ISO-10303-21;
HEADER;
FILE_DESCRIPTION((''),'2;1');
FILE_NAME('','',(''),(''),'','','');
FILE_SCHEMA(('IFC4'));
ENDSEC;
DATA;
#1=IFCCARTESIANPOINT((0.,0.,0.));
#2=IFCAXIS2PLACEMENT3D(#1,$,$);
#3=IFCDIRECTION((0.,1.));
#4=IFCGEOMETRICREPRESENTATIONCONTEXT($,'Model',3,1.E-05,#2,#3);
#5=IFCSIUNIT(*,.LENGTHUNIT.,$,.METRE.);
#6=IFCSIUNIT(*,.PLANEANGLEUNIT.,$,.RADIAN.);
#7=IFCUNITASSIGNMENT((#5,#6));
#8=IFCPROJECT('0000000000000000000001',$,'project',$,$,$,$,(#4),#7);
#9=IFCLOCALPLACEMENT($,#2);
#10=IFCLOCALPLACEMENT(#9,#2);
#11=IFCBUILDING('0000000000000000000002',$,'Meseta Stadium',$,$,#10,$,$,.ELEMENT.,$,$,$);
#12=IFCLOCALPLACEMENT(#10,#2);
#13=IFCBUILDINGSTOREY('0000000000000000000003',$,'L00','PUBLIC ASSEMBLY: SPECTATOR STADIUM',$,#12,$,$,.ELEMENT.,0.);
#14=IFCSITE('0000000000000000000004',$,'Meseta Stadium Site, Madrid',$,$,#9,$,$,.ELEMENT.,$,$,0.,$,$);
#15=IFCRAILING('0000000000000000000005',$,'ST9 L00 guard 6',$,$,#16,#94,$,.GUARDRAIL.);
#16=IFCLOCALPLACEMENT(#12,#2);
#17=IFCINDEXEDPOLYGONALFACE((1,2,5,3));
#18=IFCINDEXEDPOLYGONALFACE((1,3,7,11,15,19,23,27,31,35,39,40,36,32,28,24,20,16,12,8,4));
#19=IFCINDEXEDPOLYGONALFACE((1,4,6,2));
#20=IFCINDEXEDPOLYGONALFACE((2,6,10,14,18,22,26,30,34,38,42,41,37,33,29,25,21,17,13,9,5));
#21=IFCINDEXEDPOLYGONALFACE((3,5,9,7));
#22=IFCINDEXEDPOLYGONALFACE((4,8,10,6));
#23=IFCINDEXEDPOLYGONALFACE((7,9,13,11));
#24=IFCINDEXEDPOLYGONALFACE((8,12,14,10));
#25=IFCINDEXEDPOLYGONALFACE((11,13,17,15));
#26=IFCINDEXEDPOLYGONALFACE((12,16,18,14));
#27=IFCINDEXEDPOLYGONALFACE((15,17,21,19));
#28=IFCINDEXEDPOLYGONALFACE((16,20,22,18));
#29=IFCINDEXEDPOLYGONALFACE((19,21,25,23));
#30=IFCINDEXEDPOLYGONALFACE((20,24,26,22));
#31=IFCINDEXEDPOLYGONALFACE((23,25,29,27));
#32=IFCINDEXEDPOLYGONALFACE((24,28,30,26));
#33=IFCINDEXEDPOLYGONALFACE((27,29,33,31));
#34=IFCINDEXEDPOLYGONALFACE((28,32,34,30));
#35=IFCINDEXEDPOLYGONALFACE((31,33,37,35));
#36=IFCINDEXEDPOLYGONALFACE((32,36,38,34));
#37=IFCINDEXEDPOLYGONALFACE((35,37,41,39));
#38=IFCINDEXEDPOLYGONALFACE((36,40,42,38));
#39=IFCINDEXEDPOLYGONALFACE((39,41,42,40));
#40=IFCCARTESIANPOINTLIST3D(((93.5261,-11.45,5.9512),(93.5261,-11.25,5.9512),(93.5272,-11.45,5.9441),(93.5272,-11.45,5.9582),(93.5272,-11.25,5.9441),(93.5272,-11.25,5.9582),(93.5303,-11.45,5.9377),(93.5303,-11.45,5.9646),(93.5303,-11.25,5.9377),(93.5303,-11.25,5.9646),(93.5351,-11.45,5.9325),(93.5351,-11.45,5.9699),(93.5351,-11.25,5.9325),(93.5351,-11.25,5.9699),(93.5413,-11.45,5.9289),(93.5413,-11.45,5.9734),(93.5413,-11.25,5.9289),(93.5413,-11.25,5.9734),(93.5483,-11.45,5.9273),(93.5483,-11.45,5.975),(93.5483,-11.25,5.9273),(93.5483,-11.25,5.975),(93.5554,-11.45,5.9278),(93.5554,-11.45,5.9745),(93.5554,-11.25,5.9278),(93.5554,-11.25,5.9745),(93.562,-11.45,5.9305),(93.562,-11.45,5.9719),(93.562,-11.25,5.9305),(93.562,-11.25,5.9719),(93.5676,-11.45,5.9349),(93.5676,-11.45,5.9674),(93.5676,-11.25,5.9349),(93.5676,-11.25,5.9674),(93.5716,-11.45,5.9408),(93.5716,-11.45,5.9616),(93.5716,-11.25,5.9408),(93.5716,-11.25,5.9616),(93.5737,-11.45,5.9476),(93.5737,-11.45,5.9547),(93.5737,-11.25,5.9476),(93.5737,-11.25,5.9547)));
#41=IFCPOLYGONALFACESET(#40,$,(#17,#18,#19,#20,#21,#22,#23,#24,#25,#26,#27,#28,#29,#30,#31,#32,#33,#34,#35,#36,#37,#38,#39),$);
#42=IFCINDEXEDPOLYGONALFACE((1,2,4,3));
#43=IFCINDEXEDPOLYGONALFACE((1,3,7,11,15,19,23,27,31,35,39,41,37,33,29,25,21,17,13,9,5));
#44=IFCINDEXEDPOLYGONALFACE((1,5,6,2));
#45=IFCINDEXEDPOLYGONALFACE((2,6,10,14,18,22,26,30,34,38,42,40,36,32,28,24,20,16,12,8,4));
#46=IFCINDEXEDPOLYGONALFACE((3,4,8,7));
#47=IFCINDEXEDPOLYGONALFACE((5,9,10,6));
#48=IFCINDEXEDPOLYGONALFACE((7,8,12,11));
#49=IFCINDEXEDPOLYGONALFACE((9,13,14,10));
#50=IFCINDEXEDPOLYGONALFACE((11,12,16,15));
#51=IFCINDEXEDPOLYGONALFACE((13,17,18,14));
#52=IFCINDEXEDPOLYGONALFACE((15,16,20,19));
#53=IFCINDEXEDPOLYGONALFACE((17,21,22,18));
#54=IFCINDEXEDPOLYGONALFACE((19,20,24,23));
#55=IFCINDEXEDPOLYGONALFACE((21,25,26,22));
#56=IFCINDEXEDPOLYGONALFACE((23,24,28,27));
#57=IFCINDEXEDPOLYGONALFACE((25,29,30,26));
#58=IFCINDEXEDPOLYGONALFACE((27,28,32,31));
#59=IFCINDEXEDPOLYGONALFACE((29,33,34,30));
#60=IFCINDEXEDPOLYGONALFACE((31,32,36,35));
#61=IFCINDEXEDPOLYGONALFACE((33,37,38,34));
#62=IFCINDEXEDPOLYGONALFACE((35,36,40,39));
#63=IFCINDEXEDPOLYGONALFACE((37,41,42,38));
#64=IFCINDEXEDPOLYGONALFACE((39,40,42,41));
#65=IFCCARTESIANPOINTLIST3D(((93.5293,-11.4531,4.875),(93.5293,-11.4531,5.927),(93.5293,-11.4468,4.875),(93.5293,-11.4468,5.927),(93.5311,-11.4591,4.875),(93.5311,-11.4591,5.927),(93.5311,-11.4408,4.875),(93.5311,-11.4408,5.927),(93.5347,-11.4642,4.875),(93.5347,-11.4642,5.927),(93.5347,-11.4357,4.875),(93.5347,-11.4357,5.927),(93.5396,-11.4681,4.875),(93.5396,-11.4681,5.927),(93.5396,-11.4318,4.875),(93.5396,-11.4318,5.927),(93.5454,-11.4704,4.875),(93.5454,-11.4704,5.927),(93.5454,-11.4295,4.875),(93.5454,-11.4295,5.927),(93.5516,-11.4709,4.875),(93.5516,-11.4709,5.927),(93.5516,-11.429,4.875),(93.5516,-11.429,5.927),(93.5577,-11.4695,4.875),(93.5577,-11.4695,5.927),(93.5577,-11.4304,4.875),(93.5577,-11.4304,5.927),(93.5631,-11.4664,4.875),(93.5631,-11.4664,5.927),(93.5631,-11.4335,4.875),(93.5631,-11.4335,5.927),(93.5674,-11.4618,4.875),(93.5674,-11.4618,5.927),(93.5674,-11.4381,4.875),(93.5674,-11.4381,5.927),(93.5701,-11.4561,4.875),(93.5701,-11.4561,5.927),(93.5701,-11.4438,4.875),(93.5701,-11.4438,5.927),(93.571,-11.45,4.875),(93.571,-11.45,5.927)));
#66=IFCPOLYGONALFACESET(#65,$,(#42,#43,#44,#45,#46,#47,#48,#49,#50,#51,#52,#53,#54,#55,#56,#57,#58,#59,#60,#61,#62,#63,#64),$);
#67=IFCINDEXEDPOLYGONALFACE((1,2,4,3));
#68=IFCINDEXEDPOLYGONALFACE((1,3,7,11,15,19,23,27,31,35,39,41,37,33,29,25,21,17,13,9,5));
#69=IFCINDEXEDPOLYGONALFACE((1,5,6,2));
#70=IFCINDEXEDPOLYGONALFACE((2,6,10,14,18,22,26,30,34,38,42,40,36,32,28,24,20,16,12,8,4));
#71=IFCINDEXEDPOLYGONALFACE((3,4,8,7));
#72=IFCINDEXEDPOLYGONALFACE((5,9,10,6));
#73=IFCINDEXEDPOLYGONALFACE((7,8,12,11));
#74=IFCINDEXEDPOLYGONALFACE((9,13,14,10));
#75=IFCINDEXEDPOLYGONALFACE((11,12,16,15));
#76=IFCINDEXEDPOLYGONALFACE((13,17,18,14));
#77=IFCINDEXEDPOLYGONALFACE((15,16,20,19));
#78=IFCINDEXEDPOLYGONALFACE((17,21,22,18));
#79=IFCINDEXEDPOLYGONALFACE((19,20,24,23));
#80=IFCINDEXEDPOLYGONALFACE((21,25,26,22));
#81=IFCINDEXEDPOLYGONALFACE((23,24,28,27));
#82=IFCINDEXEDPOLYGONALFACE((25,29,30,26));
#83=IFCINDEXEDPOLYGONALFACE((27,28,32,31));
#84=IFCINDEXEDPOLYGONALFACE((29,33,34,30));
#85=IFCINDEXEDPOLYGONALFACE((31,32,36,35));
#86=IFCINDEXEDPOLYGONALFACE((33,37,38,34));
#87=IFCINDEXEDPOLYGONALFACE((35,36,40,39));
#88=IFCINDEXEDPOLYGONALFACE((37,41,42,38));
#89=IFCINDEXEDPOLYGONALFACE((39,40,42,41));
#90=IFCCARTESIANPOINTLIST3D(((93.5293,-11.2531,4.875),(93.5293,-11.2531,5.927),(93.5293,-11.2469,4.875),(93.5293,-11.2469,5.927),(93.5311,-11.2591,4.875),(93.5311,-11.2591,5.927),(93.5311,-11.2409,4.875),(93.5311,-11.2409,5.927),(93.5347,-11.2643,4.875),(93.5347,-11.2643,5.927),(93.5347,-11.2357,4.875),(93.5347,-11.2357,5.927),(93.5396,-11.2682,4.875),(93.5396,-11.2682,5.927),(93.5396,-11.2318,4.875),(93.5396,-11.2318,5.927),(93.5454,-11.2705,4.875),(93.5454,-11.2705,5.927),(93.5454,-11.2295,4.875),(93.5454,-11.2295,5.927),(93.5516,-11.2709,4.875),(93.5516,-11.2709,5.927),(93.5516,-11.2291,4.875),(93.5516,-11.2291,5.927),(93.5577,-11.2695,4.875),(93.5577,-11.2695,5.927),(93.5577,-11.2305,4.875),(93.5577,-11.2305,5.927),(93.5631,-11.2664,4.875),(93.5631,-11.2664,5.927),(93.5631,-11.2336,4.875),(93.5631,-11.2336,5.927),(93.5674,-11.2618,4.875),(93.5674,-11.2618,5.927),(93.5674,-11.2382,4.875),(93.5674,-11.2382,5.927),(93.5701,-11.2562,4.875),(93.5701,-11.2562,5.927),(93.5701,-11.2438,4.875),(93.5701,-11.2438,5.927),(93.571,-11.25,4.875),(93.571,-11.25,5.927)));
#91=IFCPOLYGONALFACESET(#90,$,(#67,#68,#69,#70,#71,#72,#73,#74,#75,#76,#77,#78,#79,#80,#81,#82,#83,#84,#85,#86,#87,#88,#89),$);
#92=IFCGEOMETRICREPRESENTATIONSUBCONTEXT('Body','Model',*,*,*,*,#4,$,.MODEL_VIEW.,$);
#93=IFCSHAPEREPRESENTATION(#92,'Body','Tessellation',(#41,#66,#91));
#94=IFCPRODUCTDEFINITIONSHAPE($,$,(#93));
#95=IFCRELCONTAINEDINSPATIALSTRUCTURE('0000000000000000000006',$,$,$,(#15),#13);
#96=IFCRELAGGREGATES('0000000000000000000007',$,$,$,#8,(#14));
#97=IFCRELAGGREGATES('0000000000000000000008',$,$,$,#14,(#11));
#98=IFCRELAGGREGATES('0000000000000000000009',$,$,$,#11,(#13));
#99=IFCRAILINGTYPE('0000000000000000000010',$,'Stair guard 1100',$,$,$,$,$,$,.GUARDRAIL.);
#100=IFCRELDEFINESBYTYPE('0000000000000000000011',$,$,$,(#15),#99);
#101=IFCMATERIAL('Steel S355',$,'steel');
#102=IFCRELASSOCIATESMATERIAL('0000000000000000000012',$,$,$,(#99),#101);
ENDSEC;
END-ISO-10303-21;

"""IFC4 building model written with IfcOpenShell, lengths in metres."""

from ifc_helpers import new_model, si_unit, direction, frame, origin, origin_2d, place, context, subcontext, project, spatial, circle, extrude, material, type_object, element, save


model = new_model("IFC4")

# Units and contexts
model_context = context("Model", 3, precision=1e-05, world=origin(), true_north=direction((0.0, 1.0)))
body_context = subcontext(model_context, "Body", "Model", "MODEL_VIEW")
ifc_project = project(units=[si_unit("LENGTHUNIT", "METRE"), si_unit("PLANEANGLEUNIT", "RADIAN")], contexts=[model_context])

# Site, building, storey
site_placement = place(None, origin())
site = spatial("IfcSite", under=ifc_project, at=site_placement, Name="Meseta Stadium Site, Madrid", CompositionType="ELEMENT", RefElevation=0.0)
building_placement = place(site_placement, origin())
building = spatial("IfcBuilding", under=site, at=building_placement, Name="Meseta Stadium", CompositionType="ELEMENT")
storey_placement = place(building_placement, origin())
storey = spatial("IfcBuildingStorey", under=building, at=storey_placement, Name="L00", Description="PUBLIC ASSEMBLY: SPECTATOR STADIUM", CompositionType="ELEMENT", Elevation=0.0)

# Railing
ifc_material_1 = material(Name="Steel S355", Category="steel")
railing_type_1 = type_object("IfcRailingType", Name="Stair guard 1100", PredefinedType="GUARDRAIL", material=ifc_material_1)
railing_1_placement = place(storey_placement, frame((93.55, -11.45, 4.875)))
element("IfcRailing", 1, at=railing_1_placement, inside=storey, type_object=railing_type_1, Name="ST9 L00 guard 6", PredefinedType="GUARDRAIL", context=body_context, shape_type="SweptSolid", body=[
    extrude(circle(Radius=0.0239, at=origin_2d()), frame((0.0, 0.0, 1.0762), z_axis=(0.0, 1.0, 0.0), x_axis=(-1.0, 0.0, 0.0)), (0.0, 0.0, 1.0), 0.2),
    extrude(circle(Radius=0.021, at=origin_2d()), origin(), (0.0, 0.0, 1.0), 1.052),
    extrude(circle(Radius=0.021, at=origin_2d()), frame((0.0, 0.2, 0.0)), (0.0, 0.0, 1.0), 1.052),
])

save(model, "model.ifc")
